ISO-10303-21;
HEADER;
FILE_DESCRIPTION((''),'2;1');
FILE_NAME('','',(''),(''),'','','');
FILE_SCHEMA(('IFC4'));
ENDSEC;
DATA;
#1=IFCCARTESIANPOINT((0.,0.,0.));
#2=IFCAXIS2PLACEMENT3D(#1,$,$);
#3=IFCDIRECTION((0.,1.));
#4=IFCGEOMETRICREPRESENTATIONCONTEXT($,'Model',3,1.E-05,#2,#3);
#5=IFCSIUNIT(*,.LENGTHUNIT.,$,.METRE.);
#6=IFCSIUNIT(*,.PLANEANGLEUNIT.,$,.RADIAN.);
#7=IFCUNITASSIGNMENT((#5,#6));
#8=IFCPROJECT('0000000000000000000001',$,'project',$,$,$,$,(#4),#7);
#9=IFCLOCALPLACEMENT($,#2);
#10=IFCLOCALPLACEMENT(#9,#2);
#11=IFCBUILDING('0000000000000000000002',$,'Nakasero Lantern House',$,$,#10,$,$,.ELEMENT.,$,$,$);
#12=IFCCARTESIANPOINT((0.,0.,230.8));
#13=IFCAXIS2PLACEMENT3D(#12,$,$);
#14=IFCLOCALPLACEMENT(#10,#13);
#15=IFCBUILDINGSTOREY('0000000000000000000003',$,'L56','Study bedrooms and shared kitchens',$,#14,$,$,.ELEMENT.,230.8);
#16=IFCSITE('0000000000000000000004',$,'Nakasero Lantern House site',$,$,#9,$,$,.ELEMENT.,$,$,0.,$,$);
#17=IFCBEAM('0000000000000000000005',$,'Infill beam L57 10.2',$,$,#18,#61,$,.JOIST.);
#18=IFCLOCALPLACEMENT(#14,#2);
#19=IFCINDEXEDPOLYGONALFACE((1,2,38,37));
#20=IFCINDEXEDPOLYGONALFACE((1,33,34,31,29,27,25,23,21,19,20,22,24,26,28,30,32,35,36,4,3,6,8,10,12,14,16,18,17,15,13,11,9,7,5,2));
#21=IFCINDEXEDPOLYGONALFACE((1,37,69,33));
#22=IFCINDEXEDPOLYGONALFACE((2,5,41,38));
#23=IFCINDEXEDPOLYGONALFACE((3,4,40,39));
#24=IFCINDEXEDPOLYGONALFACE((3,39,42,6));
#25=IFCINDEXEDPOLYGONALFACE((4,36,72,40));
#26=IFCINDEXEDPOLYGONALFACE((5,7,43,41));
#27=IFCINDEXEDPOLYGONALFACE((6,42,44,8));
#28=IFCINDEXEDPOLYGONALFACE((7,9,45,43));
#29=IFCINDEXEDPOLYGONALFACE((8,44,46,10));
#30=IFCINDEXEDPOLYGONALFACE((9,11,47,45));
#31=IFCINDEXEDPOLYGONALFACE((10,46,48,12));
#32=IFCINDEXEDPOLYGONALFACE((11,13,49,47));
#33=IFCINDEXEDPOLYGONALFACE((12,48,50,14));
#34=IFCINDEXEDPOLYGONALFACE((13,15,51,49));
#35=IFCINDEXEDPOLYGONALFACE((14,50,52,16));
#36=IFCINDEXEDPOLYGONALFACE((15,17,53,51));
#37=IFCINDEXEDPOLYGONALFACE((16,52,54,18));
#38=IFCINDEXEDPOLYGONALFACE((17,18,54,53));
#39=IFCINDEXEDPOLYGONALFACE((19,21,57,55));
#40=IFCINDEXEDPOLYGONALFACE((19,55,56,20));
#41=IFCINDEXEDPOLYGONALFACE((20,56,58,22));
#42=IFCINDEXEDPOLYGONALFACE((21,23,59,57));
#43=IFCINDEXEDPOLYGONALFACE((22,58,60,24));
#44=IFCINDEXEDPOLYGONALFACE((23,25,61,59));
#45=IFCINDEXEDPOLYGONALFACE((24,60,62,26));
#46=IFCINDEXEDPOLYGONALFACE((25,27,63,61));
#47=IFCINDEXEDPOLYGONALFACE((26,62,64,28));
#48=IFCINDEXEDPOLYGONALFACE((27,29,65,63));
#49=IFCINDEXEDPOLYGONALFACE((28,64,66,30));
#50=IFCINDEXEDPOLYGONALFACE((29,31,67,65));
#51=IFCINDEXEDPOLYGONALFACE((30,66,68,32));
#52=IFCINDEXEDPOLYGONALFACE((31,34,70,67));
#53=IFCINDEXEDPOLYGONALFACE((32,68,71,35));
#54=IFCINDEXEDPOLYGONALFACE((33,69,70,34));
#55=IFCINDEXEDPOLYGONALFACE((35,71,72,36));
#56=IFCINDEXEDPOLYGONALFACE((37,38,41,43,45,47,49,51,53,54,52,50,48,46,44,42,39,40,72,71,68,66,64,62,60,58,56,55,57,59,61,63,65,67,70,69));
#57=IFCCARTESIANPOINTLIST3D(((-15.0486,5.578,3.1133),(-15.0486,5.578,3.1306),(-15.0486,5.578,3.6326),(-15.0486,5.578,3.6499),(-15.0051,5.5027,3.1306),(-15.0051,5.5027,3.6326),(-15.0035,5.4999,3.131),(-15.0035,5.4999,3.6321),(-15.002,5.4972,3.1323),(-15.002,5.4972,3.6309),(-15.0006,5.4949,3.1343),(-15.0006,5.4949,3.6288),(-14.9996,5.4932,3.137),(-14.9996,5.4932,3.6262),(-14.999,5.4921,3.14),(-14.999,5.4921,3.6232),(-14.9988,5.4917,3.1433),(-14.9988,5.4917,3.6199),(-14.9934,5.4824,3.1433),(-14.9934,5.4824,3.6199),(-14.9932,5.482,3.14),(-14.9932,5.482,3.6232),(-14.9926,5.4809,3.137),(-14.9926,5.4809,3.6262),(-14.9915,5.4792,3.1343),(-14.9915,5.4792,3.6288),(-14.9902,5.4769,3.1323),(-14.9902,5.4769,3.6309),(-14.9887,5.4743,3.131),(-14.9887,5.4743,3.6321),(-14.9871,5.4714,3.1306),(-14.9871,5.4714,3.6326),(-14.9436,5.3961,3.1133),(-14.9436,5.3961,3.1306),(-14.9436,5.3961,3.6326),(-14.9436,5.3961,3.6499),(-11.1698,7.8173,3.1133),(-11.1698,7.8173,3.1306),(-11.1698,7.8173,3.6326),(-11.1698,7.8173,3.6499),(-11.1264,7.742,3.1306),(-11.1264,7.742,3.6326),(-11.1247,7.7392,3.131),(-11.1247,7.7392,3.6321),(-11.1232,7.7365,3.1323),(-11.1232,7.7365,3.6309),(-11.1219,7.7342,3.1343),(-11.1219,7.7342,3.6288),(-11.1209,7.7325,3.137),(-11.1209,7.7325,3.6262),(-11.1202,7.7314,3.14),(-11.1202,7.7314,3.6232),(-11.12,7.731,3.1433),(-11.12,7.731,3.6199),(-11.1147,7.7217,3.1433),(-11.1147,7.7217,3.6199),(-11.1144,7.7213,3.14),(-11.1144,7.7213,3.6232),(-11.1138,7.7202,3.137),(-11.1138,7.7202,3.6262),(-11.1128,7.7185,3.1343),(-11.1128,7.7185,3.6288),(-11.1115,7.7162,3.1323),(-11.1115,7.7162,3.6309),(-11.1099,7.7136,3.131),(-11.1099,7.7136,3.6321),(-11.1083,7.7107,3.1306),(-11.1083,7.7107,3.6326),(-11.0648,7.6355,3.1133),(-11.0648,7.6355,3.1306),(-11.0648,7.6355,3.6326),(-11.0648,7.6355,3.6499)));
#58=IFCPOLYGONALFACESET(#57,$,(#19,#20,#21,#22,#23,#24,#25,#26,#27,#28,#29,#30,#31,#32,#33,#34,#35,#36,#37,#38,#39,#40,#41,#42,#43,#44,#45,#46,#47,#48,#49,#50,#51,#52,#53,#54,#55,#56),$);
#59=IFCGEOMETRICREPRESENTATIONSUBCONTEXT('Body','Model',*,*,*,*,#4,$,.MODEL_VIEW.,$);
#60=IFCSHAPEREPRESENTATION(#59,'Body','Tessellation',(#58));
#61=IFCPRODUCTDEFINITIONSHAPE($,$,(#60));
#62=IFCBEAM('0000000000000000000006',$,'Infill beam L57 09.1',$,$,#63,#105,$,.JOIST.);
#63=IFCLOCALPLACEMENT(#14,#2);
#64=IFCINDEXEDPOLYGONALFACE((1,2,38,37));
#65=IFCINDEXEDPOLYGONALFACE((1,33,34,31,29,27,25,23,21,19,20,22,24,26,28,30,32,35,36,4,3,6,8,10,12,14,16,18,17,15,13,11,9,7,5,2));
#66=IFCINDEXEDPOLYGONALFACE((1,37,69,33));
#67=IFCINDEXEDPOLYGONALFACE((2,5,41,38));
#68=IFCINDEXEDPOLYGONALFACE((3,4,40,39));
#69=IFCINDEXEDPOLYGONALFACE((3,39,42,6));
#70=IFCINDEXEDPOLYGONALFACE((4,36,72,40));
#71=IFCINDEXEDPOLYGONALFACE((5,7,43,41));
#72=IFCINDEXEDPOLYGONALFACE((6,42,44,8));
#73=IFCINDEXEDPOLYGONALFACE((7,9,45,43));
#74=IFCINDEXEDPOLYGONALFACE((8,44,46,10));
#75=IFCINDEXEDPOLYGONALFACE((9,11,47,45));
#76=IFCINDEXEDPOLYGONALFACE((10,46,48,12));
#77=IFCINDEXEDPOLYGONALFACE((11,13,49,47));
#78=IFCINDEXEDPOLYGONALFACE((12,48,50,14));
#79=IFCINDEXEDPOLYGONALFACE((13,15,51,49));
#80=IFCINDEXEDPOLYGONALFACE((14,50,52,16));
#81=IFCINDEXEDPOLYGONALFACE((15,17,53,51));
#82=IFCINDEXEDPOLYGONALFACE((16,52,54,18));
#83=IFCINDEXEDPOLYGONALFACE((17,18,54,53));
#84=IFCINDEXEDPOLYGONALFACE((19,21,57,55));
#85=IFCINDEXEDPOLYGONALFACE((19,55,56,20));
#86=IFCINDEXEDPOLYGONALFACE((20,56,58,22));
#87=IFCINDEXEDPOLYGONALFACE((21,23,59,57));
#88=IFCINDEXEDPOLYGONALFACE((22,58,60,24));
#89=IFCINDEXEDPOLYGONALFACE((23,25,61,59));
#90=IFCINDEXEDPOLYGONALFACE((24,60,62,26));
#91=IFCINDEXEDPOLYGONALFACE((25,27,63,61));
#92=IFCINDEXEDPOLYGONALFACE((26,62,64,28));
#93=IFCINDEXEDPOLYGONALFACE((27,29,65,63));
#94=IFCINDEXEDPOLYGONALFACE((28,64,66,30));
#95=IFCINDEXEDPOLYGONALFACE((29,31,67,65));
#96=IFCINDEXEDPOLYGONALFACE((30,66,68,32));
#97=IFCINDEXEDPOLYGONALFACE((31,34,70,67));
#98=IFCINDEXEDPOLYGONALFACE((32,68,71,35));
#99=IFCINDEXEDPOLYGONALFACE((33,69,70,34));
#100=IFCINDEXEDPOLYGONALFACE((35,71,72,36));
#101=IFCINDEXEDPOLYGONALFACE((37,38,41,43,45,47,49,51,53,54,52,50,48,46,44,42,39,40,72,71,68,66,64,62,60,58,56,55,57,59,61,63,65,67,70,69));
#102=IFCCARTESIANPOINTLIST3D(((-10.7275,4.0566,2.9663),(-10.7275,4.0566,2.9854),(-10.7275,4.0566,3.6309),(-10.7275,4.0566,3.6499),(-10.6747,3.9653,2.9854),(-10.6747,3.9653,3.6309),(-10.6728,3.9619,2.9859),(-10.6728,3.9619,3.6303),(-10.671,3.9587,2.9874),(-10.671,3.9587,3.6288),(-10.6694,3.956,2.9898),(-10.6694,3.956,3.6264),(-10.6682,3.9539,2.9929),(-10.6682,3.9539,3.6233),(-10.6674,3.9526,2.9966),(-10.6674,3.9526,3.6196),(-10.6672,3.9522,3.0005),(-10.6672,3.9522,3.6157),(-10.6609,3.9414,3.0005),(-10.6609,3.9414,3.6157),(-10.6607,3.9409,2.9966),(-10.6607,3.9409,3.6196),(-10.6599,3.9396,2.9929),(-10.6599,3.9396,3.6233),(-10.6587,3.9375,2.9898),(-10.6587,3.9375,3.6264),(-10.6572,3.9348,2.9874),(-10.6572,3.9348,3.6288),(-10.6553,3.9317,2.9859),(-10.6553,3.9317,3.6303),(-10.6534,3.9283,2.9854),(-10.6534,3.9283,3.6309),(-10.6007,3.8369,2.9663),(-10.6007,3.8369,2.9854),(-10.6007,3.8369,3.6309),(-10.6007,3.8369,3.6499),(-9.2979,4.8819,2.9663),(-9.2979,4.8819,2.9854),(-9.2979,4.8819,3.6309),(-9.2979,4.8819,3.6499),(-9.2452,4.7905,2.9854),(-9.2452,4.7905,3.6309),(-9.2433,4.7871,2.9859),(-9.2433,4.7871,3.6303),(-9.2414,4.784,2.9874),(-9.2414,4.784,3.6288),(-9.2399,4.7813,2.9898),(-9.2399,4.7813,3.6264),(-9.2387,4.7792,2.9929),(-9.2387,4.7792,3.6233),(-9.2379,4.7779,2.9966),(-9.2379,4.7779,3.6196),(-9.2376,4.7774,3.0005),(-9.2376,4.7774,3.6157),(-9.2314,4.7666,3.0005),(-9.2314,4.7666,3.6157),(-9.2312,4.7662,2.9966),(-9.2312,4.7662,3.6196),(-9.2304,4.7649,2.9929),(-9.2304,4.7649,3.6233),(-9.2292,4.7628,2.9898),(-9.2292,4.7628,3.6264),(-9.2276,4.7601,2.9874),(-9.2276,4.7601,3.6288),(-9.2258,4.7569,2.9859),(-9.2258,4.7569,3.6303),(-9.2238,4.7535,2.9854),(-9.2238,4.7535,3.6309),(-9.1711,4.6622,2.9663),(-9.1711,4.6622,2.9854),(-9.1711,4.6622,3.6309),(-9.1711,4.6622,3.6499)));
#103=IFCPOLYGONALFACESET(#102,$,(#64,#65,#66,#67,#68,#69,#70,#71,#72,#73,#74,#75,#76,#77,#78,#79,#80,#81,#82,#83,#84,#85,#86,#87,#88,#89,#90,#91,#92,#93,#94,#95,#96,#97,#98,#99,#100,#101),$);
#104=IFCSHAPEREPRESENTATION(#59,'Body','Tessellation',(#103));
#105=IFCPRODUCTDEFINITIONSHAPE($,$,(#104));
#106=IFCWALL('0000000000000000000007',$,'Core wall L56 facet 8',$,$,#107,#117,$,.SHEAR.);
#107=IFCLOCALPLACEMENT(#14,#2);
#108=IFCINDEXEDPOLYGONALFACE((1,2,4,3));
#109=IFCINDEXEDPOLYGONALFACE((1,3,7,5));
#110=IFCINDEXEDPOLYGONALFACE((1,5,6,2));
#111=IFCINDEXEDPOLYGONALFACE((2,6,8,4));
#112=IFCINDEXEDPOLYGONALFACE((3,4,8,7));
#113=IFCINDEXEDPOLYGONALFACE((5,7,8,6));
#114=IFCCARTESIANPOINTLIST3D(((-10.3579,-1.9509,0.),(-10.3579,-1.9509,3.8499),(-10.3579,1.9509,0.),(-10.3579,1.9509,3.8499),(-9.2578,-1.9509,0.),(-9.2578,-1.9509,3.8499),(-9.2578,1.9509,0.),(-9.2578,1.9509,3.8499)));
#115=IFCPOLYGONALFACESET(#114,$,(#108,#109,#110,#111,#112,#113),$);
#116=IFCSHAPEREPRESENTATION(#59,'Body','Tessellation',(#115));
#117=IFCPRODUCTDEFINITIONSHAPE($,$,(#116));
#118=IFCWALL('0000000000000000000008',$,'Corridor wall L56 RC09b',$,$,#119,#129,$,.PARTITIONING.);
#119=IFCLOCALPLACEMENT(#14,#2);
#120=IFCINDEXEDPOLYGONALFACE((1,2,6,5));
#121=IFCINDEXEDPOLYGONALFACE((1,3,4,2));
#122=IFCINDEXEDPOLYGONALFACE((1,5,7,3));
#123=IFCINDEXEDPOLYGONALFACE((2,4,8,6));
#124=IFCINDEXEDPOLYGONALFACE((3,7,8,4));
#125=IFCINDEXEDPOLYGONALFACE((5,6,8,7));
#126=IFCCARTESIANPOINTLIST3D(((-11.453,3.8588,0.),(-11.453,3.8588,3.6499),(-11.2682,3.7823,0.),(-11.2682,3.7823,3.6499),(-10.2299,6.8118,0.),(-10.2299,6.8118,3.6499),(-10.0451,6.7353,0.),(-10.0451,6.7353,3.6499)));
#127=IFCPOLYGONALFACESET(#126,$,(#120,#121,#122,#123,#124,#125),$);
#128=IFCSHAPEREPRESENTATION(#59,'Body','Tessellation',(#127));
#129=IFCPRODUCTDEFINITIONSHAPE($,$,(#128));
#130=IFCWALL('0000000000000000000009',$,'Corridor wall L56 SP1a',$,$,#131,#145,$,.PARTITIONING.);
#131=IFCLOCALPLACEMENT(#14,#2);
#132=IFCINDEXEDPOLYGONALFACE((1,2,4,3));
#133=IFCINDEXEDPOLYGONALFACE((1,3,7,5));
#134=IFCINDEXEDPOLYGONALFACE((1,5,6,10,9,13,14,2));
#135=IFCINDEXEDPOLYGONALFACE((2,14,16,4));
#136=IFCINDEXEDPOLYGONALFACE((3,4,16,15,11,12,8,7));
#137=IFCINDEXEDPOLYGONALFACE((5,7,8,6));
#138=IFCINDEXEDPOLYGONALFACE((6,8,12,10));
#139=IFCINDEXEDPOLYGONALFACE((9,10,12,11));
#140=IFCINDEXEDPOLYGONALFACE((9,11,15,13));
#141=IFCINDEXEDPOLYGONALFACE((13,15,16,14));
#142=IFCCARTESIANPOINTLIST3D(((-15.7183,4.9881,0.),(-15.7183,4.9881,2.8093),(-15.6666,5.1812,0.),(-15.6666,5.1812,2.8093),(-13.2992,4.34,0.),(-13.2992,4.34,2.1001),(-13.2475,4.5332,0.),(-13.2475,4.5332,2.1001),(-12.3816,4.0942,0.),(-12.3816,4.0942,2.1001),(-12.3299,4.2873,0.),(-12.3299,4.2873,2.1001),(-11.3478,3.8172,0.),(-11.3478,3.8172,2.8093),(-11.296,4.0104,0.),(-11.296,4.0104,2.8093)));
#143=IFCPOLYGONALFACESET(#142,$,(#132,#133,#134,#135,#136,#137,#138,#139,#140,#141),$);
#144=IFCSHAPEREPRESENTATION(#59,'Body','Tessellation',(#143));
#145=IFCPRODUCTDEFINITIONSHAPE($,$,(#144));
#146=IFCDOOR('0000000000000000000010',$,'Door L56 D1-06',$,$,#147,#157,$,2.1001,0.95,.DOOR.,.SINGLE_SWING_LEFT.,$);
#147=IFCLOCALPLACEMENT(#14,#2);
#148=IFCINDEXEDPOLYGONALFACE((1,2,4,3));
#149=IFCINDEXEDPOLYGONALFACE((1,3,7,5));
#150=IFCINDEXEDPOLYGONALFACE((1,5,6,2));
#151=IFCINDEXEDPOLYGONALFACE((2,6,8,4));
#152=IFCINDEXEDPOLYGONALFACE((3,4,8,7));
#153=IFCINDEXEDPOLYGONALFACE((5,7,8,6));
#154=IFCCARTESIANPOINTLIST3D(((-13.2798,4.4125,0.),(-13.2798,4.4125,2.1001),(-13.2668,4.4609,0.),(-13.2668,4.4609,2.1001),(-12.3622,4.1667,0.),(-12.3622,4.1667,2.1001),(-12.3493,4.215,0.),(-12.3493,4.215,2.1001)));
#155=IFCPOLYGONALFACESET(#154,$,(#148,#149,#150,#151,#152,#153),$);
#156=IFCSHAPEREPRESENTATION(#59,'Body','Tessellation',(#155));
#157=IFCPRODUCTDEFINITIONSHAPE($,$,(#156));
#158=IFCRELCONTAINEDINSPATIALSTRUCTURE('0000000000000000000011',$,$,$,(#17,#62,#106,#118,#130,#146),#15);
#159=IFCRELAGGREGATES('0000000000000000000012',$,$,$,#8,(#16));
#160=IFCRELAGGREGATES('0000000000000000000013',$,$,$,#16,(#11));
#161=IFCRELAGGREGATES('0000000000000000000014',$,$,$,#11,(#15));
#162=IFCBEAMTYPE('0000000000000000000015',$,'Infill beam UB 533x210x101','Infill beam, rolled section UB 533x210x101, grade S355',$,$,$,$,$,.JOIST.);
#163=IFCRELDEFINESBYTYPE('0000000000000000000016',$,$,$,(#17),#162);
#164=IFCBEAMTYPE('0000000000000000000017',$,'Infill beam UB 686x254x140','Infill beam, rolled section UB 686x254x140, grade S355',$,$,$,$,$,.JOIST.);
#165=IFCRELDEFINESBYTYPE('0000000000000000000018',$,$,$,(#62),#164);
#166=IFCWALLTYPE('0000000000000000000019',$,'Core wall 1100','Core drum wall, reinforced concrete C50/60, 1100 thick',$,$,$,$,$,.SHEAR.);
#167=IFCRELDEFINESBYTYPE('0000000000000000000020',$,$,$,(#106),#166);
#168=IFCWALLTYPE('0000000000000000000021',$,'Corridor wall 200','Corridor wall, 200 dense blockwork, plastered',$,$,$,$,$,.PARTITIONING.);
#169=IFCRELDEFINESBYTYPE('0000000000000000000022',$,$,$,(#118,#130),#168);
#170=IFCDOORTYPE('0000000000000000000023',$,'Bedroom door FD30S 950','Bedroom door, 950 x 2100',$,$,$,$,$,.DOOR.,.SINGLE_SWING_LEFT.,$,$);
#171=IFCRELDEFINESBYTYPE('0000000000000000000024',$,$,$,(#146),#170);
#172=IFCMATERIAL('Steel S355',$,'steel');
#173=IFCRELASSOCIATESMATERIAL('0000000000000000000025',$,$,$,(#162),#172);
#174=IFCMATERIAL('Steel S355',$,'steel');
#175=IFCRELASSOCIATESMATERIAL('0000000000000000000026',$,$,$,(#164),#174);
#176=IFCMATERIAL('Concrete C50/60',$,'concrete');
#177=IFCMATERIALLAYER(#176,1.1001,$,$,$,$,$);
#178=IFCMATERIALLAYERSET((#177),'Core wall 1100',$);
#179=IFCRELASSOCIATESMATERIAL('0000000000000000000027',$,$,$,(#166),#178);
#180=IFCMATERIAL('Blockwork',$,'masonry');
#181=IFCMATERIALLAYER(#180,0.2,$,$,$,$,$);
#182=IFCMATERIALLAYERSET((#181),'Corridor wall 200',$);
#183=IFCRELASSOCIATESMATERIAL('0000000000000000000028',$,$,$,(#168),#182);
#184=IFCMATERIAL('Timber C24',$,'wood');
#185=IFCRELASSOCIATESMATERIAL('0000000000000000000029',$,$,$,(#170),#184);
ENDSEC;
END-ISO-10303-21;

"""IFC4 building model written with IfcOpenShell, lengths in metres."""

from ifc_helpers import new_model, si_unit, direction, frame, frame_2d, origin, origin_2d, place, context, subcontext, project, spatial, rectangle, i_section, extrude, material, layer, layer_set, material_profile, profile_set, type_object, element, fill, save


model = new_model("IFC4")

# Units and contexts
model_context = context("Model", 3, precision=1e-05, world=origin(), true_north=direction((0.0, 1.0)))
body_context = subcontext(model_context, "Body", "Model", "MODEL_VIEW")
ifc_project = project(units=[si_unit("LENGTHUNIT", "METRE"), si_unit("PLANEANGLEUNIT", "RADIAN")], contexts=[model_context])

# Site, building, storey
site_placement = place(None, origin())
site = spatial("IfcSite", under=ifc_project, at=site_placement, Name="Nakasero Lantern House site", CompositionType="ELEMENT", RefElevation=0.0)
building_placement = place(site_placement, origin())
building = spatial("IfcBuilding", under=site, at=building_placement, Name="Nakasero Lantern House", CompositionType="ELEMENT")
storey_placement = place(building_placement, frame((0.0, 0.0, 230.8)))
storey = spatial("IfcBuildingStorey", under=building, at=storey_placement, Name="L56", Description="Study bedrooms and shared kitchens", CompositionType="ELEMENT", Elevation=230.8)

# Beams
ifc_material_1 = material(Name="Steel S355", Category="steel")
ifc_material_profile_1 = material_profile(ifc_material_1, i_section(OverallWidth=0.21, OverallDepth=0.5366, WebThickness=0.0107, FlangeThickness=0.0173, FilletRadius=0.0127, at=origin_2d()), Name="UB 533x210x101")
ifc_profile_set_1 = profile_set([ifc_material_profile_1], Name="Steel S355")
beam_type_1 = type_object("IfcBeamType", Name="Infill beam UB 533x210x101", Description="Infill beam, rolled section UB 533x210x101, grade S355", PredefinedType="JOIST", material=ifc_profile_set_1)
beam_1_placement = place(storey_placement, frame((-14.9961, 5.4871, 3.3816), z_axis=(0.866034, 0.499985, 0.0), x_axis=(-0.499985, 0.866034, 0.0)))
element("IfcBeam", 1, at=beam_1_placement, inside=storey, type_object=beam_type_1, Name="Infill beam L57 10.2", PredefinedType="JOIST", context=body_context, shape_type="SweptSolid", body=[
    extrude(i_section(OverallWidth=0.21, OverallDepth=0.5366, WebThickness=0.0107, FlangeThickness=0.0173, FilletRadius=0.0127, at=origin_2d()), origin(), (0.0, 0.0, 1.0), 4.4788),
])
ifc_material_2 = material(Name="Steel S355", Category="steel")
ifc_material_profile_2 = material_profile(ifc_material_2, i_section(OverallWidth=0.2537, OverallDepth=0.6836, WebThickness=0.0125, FlangeThickness=0.019, FilletRadius=0.0151, at=origin_2d()), Name="UB 686x254x140")
ifc_profile_set_2 = profile_set([ifc_material_profile_2], Name="Steel S355")
beam_type_2 = type_object("IfcBeamType", Name="Infill beam UB 686x254x140", Description="Infill beam, rolled section UB 686x254x140, grade S355", PredefinedType="JOIST", material=ifc_profile_set_2)
beam_2_placement = place(storey_placement, frame((-10.6641, 3.9468, 3.3081), z_axis=(0.86605, 0.499957, 0.0), x_axis=(-0.499957, 0.86605, 0.0)))
element("IfcBeam", 2, at=beam_2_placement, inside=storey, type_object=beam_type_2, Name="Infill beam L57 09.1", PredefinedType="JOIST", context=body_context, shape_type="SweptSolid", body=[
    extrude(i_section(OverallWidth=0.2537, OverallDepth=0.6836, WebThickness=0.0125, FlangeThickness=0.019, FilletRadius=0.0151, at=origin_2d()), origin(), (0.0, 0.0, 1.0), 1.6506),
])

# Walls
ifc_material_3 = material(Name="Concrete C50/60", Category="concrete")
ifc_layer_1 = layer(ifc_material_3, 1.1001)
ifc_layer_set_1 = layer_set([ifc_layer_1], Name="Core wall 1100")
wall_type_1 = type_object("IfcWallType", Name="Core wall 1100", Description="Core drum wall, reinforced concrete C50/60, 1100 thick", PredefinedType="SHEAR", material=ifc_layer_set_1)
wall_1_placement = place(storey_placement, frame((-9.8079, 1.9509, 0.0), z_axis=(0.0, 0.0, 1.0), x_axis=(0.0, -1.0, 0.0)))
element("IfcWall", 3, at=wall_1_placement, inside=storey, type_object=wall_type_1, Name="Core wall L56 facet 8", PredefinedType="SHEAR", context=body_context, shape_type="SweptSolid", body=[
    extrude(rectangle(XDim=3.9019, YDim=1.1001, at=frame_2d((1.9509, 0.0))), origin(), (0.0, 0.0, 1.0), 3.8499),
])
ifc_material_4 = material(Name="Blockwork", Category="masonry")
ifc_layer_2 = layer(ifc_material_4, 0.2)
ifc_layer_set_2 = layer_set([ifc_layer_2], Name="Corridor wall 200")
wall_type_2 = type_object("IfcWallType", Name="Corridor wall 200", Description="Corridor wall, 200 dense blockwork, plastered", PredefinedType="PARTITIONING", material=ifc_layer_set_2)
wall_2_placement = place(storey_placement, frame((-11.3606, 3.8206, 0.0), z_axis=(0.0, 0.0, 1.0), x_axis=(0.382662, 0.923888, 0.0)))
element("IfcWall", 4, at=wall_2_placement, inside=storey, type_object=wall_type_2, Name="Corridor wall L56 RC09b", PredefinedType="PARTITIONING", context=body_context, shape_type="SweptSolid", body=[
    extrude(rectangle(XDim=3.1963, YDim=0.2, at=frame_2d((1.5981, 0.0))), origin(), (0.0, 0.0, 1.0), 3.6499),
])

# Wall, opening, door
wall_3_placement = place(storey_placement, frame((-11.322, 3.9138, 0.0), z_axis=(0.0, 0.0, 1.0), x_axis=(-0.965937, 0.258777, 0.0)))
wall_3 = element("IfcWall", 5, at=wall_3_placement, inside=storey, type_object=wall_type_2, Name="Corridor wall L56 SP1a", PredefinedType="PARTITIONING", context=body_context, shape_type="SweptSolid", body=[
    extrude(rectangle(XDim=4.5247, YDim=0.2, at=frame_2d((2.2622, 0.0))), origin(), (0.0, 0.0, 1.0), 2.8093),
])
opening_1_placement = place(wall_3_placement, frame((1.0701, 0.0, 0.0)))
opening_1 = element("IfcOpeningElement", 6, at=opening_1_placement, cuts=wall_3, PredefinedType="OPENING", context=body_context, shape_type="SweptSolid", body=[
    extrude(rectangle(XDim=0.95, YDim=2.1001, at=frame_2d((0.4751, 1.05))), frame((0.0, 0.1199, 0.0), z_axis=(0.0, -1.0, 0.0), x_axis=(1.0, 0.0, 0.0)), (0.0, 0.0, 1.0), 0.24),
])
ifc_material_5 = material(Name="Timber C24", Category="wood")
door_type_1 = type_object("IfcDoorType", Name="Bedroom door FD30S 950", Description="Bedroom door, 950 x 2100", OperationType="SINGLE_SWING_LEFT", PredefinedType="DOOR", material=ifc_material_5)
door_1_placement = place(opening_1_placement, origin())
door_1 = element("IfcDoor", 7, at=door_1_placement, inside=storey, type_object=door_type_1, Name="Door L56 D1-06", OperationType="SINGLE_SWING_LEFT", OverallHeight=2.1001, OverallWidth=0.95, PredefinedType="DOOR", context=body_context, shape_type="SweptSolid", body=[
    extrude(rectangle(XDim=0.95, YDim=2.1001, at=frame_2d((0.4751, 1.05))), frame((0.0, 0.0249, 0.0), z_axis=(0.0, -1.0, 0.0), x_axis=(1.0, 0.0, 0.0)), (0.0, 0.0, 1.0), 0.05),
])
fill(opening_1, door_1)

save(model, "model.ifc")
